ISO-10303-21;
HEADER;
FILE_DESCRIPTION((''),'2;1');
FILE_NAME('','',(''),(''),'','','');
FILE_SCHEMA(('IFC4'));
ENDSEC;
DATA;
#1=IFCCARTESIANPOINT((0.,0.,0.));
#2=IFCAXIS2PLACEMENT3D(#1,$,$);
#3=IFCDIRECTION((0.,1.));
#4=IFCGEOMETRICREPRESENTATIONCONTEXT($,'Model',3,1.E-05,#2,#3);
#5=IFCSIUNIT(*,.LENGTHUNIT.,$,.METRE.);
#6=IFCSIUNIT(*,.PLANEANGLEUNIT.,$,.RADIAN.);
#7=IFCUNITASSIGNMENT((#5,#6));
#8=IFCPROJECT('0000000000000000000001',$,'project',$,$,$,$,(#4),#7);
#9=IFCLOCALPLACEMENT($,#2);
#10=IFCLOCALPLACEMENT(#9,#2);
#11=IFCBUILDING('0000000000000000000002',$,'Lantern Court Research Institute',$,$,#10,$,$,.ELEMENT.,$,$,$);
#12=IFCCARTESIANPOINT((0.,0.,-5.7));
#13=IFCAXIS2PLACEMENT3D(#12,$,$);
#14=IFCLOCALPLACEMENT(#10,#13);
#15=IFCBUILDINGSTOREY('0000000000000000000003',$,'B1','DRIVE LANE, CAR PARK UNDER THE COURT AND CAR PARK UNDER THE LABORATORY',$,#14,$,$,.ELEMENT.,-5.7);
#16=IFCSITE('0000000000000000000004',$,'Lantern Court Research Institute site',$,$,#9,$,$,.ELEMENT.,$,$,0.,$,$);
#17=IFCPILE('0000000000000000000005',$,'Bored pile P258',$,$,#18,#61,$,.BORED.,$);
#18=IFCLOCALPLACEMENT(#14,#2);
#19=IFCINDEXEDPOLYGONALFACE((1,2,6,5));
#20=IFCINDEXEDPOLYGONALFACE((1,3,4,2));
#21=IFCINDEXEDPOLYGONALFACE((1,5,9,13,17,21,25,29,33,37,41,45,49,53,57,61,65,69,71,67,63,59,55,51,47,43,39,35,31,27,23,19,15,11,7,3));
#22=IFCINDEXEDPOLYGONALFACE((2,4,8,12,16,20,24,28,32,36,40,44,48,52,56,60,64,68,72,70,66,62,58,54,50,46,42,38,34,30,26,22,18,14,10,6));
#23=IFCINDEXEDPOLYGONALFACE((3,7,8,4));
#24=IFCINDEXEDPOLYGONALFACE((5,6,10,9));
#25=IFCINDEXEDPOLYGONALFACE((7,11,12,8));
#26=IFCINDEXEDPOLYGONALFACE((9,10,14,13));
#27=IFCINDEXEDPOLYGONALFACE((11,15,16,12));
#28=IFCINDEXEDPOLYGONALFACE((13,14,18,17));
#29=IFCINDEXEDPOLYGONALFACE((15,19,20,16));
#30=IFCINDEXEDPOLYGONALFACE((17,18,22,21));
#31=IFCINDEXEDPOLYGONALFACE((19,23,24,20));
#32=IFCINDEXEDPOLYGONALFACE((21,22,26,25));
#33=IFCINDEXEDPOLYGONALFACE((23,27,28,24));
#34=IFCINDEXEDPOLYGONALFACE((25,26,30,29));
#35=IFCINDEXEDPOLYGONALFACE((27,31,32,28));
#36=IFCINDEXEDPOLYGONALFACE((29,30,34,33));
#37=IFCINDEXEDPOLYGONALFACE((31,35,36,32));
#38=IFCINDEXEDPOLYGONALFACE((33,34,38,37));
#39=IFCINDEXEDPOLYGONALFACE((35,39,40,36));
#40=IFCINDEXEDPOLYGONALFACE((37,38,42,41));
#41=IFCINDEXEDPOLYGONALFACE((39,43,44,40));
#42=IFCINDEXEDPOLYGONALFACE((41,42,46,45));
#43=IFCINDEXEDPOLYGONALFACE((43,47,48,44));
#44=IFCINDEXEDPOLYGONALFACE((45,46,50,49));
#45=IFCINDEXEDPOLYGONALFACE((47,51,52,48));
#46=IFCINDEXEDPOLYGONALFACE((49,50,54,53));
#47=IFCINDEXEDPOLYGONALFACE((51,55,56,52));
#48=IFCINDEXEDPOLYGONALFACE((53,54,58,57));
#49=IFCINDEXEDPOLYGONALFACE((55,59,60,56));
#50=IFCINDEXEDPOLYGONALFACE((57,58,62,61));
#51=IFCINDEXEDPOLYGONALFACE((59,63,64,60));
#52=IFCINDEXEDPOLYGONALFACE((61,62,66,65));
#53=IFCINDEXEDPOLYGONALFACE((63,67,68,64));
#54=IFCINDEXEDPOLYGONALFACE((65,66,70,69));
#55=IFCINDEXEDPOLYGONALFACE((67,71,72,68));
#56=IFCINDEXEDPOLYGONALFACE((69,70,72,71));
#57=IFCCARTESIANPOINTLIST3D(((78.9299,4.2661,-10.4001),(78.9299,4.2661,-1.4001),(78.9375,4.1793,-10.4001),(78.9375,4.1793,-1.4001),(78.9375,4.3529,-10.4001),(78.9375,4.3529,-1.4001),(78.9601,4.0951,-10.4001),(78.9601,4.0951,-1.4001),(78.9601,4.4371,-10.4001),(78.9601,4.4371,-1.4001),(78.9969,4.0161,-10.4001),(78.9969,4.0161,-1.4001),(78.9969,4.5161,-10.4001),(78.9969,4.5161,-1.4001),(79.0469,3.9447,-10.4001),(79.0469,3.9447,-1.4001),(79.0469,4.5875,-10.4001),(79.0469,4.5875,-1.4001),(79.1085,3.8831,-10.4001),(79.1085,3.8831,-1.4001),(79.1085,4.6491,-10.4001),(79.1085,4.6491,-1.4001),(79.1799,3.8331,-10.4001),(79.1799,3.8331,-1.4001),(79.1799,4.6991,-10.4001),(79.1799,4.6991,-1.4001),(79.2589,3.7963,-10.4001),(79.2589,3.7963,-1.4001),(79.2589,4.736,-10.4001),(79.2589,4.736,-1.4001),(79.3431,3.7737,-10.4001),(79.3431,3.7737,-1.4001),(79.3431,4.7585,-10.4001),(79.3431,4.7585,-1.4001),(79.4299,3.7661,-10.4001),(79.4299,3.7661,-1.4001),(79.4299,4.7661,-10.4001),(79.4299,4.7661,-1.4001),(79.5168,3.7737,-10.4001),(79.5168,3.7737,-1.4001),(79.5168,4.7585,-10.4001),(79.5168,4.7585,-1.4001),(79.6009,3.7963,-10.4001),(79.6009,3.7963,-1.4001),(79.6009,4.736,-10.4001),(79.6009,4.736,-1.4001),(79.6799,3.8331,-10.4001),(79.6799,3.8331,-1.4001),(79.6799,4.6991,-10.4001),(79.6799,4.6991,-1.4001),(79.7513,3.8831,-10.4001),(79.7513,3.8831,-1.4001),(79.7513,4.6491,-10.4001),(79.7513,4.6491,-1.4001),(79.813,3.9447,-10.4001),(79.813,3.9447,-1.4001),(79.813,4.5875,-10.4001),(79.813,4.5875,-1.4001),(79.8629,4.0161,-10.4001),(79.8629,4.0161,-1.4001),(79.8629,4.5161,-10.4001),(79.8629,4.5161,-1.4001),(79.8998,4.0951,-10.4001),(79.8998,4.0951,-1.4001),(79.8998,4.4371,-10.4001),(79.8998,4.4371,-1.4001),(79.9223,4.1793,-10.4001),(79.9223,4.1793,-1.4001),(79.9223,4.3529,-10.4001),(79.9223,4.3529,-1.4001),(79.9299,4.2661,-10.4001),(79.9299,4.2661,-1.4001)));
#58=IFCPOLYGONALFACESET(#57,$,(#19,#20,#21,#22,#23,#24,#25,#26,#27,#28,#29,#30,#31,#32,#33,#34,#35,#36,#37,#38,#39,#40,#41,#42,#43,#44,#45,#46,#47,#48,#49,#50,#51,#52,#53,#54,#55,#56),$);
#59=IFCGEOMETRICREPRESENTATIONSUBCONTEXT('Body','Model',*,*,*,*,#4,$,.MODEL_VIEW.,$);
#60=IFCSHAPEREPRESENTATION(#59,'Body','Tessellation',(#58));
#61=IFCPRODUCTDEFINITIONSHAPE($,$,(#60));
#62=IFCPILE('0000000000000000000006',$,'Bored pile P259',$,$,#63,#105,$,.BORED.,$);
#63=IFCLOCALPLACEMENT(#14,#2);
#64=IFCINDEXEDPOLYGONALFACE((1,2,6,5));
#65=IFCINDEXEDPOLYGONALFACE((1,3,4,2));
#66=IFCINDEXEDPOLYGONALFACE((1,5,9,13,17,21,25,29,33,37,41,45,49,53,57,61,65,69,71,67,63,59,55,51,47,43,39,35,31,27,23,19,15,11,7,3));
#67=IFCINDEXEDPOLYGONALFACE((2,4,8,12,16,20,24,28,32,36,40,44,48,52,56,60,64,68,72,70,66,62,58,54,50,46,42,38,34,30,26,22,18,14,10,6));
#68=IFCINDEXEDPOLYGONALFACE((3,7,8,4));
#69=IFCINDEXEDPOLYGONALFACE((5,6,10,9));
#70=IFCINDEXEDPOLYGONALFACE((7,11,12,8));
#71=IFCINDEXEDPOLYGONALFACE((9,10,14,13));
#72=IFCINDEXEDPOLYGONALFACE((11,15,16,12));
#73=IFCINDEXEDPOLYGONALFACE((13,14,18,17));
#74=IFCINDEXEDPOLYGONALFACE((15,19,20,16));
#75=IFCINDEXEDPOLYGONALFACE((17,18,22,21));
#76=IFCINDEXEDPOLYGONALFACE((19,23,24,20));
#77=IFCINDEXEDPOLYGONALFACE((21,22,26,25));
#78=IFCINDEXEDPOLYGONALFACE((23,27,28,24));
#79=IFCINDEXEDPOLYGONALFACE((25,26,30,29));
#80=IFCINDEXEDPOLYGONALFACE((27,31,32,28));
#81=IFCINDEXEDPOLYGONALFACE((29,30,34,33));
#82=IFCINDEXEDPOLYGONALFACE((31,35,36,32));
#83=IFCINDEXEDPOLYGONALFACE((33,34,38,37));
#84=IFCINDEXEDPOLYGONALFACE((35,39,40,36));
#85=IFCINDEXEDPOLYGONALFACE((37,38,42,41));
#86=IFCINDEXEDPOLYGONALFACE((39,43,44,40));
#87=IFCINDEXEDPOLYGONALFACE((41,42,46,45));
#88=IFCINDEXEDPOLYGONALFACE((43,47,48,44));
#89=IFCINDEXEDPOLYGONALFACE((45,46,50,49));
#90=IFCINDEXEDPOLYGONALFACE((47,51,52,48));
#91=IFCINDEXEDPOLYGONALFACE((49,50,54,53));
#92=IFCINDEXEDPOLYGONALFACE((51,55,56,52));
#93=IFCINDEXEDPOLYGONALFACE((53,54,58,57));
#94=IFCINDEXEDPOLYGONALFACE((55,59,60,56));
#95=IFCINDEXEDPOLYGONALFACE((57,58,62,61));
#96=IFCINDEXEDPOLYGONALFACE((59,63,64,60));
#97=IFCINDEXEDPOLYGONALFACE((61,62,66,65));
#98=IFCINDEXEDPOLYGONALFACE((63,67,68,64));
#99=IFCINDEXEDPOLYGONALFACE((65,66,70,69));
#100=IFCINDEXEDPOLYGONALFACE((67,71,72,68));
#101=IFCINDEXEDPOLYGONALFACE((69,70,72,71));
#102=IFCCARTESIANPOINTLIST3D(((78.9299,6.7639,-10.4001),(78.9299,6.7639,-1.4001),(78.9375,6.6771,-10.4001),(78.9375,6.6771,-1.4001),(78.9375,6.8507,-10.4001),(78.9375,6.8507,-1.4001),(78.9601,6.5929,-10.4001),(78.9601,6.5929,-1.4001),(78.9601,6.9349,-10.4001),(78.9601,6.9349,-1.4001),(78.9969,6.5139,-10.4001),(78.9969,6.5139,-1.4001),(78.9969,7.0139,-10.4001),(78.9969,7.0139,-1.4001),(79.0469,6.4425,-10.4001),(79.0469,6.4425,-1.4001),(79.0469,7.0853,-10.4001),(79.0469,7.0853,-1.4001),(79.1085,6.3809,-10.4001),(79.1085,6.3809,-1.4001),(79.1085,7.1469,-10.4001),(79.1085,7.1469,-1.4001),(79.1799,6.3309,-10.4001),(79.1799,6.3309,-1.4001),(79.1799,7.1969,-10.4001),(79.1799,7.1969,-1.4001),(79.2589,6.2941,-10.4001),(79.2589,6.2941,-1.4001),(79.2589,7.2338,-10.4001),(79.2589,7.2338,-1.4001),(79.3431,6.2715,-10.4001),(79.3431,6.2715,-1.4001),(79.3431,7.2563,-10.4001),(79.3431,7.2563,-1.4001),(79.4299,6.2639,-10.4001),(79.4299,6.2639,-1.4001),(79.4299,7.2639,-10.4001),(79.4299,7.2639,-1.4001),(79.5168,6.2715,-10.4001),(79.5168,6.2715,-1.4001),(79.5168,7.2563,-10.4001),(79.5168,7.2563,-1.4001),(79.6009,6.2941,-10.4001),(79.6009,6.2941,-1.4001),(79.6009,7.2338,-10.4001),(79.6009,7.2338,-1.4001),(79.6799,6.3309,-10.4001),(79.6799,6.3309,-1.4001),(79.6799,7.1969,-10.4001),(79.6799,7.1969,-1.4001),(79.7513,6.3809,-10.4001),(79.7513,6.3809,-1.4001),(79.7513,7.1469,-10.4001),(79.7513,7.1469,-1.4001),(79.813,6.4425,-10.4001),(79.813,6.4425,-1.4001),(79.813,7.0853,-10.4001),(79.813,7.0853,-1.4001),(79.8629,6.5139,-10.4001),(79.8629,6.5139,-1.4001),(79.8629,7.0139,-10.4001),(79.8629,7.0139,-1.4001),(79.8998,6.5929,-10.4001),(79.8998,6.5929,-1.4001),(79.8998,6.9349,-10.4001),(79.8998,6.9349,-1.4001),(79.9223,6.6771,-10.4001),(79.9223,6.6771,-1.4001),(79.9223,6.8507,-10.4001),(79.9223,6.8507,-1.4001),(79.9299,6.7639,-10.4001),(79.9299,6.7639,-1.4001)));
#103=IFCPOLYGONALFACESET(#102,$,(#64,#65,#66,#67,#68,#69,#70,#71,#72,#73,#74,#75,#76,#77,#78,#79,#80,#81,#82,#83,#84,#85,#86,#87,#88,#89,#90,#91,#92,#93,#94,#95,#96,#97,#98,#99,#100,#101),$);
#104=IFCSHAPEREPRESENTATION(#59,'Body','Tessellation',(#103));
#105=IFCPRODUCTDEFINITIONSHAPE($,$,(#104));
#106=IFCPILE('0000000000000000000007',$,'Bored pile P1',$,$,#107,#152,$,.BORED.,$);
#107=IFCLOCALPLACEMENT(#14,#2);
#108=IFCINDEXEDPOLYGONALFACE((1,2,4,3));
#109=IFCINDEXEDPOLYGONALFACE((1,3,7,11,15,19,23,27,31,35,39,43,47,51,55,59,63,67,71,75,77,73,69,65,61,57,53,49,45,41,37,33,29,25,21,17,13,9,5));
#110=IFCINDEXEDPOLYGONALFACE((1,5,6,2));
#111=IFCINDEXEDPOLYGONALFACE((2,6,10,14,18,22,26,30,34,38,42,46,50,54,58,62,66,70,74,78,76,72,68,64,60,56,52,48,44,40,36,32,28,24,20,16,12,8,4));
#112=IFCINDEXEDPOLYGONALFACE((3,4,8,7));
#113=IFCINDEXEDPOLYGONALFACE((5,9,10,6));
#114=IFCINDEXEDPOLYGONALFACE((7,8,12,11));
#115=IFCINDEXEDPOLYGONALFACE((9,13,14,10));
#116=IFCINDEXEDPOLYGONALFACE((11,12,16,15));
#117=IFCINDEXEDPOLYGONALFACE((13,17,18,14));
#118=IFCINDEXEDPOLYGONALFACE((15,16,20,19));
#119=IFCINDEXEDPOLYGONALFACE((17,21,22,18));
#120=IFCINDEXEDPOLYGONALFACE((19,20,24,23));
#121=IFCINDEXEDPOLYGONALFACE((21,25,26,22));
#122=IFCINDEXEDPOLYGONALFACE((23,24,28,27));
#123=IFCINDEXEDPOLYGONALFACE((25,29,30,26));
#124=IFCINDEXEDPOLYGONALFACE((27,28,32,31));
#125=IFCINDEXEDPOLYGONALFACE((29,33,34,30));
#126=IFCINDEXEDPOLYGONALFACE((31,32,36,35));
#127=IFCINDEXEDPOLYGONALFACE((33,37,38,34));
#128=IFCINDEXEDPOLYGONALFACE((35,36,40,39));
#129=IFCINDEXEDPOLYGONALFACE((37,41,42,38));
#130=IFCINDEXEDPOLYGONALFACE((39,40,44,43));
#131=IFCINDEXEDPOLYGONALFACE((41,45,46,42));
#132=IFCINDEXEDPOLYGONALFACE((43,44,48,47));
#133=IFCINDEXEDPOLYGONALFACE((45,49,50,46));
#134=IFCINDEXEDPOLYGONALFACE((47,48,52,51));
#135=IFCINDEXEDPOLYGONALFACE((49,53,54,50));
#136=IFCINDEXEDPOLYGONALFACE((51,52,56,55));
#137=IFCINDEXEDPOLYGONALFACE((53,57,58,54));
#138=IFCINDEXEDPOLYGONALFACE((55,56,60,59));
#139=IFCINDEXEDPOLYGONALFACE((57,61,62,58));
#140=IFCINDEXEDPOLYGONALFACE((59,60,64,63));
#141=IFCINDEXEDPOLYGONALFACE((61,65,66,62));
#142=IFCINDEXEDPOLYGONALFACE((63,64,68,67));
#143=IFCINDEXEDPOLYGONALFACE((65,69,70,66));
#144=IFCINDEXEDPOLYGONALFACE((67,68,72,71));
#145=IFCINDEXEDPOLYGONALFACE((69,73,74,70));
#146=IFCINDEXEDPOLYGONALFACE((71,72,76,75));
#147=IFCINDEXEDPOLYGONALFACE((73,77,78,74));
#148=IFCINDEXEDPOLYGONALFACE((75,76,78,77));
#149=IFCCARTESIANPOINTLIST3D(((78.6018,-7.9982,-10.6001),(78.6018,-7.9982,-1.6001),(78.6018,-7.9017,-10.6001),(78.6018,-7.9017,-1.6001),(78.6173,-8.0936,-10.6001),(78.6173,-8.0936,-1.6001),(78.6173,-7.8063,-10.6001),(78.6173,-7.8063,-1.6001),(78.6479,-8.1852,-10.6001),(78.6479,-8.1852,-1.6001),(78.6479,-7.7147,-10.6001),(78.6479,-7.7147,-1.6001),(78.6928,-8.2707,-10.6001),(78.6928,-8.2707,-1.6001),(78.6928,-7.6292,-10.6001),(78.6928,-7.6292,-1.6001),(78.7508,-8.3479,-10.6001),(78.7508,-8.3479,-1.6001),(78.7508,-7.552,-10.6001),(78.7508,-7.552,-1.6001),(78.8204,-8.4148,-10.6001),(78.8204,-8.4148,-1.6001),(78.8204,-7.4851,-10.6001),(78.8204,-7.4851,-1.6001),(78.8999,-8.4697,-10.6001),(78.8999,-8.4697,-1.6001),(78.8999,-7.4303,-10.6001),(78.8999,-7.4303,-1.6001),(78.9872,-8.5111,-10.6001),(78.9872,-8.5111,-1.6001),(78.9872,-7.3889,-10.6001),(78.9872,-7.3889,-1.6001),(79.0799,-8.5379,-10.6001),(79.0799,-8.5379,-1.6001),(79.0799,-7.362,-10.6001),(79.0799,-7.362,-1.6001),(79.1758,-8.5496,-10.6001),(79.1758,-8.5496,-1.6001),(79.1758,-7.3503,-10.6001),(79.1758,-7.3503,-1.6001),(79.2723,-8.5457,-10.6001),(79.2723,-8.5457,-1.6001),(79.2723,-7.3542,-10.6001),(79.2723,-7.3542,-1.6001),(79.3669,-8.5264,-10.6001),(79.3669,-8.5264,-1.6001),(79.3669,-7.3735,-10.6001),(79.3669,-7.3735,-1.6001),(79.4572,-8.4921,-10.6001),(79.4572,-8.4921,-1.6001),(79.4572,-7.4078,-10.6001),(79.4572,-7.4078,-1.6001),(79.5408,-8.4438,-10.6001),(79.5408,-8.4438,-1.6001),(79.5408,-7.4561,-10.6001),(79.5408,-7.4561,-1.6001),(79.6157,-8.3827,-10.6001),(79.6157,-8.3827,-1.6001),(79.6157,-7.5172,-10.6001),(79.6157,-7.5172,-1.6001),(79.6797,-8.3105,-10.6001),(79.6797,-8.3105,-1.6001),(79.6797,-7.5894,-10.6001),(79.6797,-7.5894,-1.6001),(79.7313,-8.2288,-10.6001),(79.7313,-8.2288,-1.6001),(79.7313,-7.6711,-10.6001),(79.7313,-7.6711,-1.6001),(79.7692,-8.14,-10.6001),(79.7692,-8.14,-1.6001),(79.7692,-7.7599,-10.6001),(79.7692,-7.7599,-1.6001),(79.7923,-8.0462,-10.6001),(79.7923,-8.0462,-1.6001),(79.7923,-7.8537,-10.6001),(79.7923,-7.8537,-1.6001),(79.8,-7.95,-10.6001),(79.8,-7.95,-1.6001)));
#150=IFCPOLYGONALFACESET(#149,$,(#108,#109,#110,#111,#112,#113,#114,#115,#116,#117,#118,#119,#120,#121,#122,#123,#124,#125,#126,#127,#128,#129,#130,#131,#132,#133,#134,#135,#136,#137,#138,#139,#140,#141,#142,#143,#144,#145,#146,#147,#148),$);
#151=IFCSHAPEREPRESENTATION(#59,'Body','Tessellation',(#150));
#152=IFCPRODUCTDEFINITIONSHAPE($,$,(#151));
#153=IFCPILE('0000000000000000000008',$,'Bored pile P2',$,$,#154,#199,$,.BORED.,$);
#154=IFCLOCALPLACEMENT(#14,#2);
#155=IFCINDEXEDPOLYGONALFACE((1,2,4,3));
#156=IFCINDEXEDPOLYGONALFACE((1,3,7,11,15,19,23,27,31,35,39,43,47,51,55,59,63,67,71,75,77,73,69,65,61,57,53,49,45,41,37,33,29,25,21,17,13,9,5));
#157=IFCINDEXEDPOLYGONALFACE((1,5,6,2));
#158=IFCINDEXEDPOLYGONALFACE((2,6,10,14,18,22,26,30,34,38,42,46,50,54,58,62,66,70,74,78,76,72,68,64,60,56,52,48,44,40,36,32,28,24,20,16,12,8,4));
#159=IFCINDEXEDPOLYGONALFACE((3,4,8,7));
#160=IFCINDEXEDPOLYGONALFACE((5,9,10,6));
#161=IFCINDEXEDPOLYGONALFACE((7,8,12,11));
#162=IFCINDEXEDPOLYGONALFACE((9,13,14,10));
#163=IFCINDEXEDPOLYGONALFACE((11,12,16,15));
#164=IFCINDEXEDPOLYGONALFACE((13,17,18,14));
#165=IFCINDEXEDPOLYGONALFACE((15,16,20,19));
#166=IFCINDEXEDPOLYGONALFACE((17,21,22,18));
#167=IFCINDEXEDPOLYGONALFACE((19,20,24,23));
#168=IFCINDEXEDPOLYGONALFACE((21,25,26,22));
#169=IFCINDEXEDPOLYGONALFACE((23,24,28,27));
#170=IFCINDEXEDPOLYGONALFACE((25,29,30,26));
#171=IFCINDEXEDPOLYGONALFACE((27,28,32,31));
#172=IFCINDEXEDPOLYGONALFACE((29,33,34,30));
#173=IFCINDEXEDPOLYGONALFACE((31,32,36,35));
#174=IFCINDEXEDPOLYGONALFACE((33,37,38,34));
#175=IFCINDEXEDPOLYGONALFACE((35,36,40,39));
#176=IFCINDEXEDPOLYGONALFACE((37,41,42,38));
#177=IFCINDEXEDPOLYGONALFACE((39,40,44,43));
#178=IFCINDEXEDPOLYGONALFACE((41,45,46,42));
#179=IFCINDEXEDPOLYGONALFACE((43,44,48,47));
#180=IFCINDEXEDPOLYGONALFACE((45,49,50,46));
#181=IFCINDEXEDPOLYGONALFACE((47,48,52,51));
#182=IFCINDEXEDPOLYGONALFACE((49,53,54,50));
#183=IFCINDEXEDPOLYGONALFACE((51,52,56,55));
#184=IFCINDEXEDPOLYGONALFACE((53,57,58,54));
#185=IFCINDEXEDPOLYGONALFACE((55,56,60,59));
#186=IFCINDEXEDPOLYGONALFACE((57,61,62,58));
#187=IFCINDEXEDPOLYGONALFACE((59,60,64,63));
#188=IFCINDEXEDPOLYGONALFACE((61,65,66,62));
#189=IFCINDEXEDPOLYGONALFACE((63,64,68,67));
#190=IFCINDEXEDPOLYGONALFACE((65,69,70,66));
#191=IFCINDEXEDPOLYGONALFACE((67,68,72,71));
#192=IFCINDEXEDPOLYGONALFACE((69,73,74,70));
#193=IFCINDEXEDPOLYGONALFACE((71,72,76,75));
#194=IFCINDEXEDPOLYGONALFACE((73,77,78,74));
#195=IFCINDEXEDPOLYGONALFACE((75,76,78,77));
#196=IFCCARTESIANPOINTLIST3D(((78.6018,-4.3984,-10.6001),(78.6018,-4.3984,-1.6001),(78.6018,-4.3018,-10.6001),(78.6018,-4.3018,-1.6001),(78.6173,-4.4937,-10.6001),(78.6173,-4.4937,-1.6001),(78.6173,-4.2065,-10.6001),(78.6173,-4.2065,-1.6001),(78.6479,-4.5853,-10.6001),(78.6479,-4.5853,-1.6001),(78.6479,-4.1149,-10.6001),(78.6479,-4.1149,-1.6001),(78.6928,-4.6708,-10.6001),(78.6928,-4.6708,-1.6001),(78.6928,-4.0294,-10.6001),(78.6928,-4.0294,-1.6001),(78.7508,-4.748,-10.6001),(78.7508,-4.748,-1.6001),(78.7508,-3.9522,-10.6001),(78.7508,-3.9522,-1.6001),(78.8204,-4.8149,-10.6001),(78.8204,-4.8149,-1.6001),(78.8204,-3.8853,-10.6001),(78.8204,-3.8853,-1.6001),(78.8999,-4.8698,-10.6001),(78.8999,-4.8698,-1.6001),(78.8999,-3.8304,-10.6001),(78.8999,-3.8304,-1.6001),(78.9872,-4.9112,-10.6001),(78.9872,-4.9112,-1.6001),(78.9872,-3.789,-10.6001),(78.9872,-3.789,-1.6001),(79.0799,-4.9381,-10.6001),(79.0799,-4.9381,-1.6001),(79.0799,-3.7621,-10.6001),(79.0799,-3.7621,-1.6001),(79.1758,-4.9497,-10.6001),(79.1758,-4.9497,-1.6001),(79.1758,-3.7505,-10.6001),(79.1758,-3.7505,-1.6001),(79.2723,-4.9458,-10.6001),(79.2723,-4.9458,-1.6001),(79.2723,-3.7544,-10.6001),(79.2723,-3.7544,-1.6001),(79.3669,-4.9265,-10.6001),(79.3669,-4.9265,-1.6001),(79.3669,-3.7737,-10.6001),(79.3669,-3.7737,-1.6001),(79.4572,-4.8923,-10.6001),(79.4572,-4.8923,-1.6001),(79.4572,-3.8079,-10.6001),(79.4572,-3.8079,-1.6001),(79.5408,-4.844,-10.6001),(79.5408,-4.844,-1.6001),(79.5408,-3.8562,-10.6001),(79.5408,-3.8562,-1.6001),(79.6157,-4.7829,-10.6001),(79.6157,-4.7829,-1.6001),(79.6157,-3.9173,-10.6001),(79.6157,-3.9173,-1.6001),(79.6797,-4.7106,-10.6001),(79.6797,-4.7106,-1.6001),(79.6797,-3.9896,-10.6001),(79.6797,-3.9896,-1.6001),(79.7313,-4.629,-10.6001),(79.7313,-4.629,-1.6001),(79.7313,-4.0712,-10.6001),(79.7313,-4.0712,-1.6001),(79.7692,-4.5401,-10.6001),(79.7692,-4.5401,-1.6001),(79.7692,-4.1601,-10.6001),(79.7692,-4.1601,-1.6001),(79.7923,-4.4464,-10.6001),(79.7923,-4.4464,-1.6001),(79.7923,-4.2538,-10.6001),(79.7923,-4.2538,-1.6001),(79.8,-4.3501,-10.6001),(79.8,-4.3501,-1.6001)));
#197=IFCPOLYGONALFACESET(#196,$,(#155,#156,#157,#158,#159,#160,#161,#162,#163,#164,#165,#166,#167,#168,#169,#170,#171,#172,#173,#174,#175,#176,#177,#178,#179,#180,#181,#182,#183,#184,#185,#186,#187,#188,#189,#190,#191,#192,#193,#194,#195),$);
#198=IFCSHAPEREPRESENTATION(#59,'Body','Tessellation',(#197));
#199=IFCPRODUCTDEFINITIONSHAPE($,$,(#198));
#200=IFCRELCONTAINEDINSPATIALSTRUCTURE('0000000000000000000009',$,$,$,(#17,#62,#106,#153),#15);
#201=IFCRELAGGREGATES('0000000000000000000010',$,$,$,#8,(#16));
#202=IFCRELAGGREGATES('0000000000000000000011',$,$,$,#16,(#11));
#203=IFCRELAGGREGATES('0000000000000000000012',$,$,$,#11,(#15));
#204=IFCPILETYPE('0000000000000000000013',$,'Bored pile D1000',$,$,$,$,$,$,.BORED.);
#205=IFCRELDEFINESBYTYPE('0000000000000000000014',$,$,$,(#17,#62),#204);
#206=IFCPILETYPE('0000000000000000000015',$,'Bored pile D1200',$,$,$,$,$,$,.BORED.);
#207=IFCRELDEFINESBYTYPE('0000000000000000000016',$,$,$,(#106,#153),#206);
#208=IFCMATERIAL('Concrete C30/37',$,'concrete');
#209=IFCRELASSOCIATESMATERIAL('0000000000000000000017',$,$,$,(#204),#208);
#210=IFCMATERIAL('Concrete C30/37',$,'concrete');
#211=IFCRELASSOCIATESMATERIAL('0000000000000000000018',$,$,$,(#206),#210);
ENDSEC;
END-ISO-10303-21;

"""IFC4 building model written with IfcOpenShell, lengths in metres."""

from ifc_helpers import new_model, si_unit, direction, frame, origin, origin_2d, place, context, subcontext, project, spatial, circle, extrude, material, material_profile, profile_set, type_object, element, save


model = new_model("IFC4")

# Units and contexts
model_context = context("Model", 3, precision=1e-05, world=origin(), true_north=direction((0.0, 1.0)))
body_context = subcontext(model_context, "Body", "Model", "MODEL_VIEW")
ifc_project = project(units=[si_unit("LENGTHUNIT", "METRE"), si_unit("PLANEANGLEUNIT", "RADIAN")], contexts=[model_context])

# Site, building, storey
site_placement = place(None, origin())
site = spatial("IfcSite", under=ifc_project, at=site_placement, Name="Lantern Court Research Institute site", CompositionType="ELEMENT", RefElevation=0.0)
building_placement = place(site_placement, origin())
building = spatial("IfcBuilding", under=site, at=building_placement, Name="Lantern Court Research Institute", CompositionType="ELEMENT")
storey_placement = place(building_placement, frame((0.0, 0.0, -5.7)))
storey = spatial("IfcBuildingStorey", under=building, at=storey_placement, Name="B1", Description="DRIVE LANE, CAR PARK UNDER THE COURT AND CAR PARK UNDER THE LABORATORY", CompositionType="ELEMENT", Elevation=-5.7)

# Piles
ifc_material_1 = material(Name="Concrete C30/37", Category="concrete")
ifc_material_profile_1 = material_profile(ifc_material_1, circle(Radius=0.5, at=origin_2d()), Name="Bored pile D1000")
ifc_profile_set_1 = profile_set([ifc_material_profile_1], Name="Concrete C30/37")
pile_type_1 = type_object("IfcPileType", Name="Bored pile D1000", PredefinedType="BORED", material=ifc_profile_set_1)
for number, where, z_axis, x_axis, name in (
    (1, (79.4299, 4.2661, -1.4001), (0.0, 0.0, -1.0), (1.0, 0.0, 0.0), "Bored pile P258"),
    (2, (79.4299, 6.7639, -1.4001), (0.0, 0.0, -1.0), (1.0, 0.0, 0.0), "Bored pile P259"),
):
    element("IfcPile", number, at=place(storey_placement, frame(where, z_axis=z_axis, x_axis=x_axis)), inside=storey, type_object=pile_type_1, Name=name, PredefinedType="BORED", context=body_context, shape_type="SweptSolid", body=[
        extrude(circle(Radius=0.5, at=origin_2d()), origin(), (0.0, 0.0, 1.0), 9.0),
    ])
ifc_material_2 = material(Name="Concrete C30/37", Category="concrete")
ifc_material_profile_2 = material_profile(ifc_material_2, circle(Radius=0.6001, at=origin_2d()), Name="Bored pile D1200")
ifc_profile_set_2 = profile_set([ifc_material_profile_2], Name="Concrete C30/37")
pile_type_2 = type_object("IfcPileType", Name="Bored pile D1200", PredefinedType="BORED", material=ifc_profile_set_2)
for number, where, z_axis, x_axis, name in (
    (3, (79.2, -7.95, -1.6001), (0.0, 0.0, -1.0), (1.0, 0.0, 0.0), "Bored pile P1"),
    (4, (79.2, -4.3501, -1.6001), (0.0, 0.0, -1.0), (1.0, 0.0, 0.0), "Bored pile P2"),
):
    element("IfcPile", number, at=place(storey_placement, frame(where, z_axis=z_axis, x_axis=x_axis)), inside=storey, type_object=pile_type_2, Name=name, PredefinedType="BORED", context=body_context, shape_type="SweptSolid", body=[
        extrude(circle(Radius=0.6001, at=origin_2d()), origin(), (0.0, 0.0, 1.0), 9.0),
    ])

save(model, "model.ifc")
